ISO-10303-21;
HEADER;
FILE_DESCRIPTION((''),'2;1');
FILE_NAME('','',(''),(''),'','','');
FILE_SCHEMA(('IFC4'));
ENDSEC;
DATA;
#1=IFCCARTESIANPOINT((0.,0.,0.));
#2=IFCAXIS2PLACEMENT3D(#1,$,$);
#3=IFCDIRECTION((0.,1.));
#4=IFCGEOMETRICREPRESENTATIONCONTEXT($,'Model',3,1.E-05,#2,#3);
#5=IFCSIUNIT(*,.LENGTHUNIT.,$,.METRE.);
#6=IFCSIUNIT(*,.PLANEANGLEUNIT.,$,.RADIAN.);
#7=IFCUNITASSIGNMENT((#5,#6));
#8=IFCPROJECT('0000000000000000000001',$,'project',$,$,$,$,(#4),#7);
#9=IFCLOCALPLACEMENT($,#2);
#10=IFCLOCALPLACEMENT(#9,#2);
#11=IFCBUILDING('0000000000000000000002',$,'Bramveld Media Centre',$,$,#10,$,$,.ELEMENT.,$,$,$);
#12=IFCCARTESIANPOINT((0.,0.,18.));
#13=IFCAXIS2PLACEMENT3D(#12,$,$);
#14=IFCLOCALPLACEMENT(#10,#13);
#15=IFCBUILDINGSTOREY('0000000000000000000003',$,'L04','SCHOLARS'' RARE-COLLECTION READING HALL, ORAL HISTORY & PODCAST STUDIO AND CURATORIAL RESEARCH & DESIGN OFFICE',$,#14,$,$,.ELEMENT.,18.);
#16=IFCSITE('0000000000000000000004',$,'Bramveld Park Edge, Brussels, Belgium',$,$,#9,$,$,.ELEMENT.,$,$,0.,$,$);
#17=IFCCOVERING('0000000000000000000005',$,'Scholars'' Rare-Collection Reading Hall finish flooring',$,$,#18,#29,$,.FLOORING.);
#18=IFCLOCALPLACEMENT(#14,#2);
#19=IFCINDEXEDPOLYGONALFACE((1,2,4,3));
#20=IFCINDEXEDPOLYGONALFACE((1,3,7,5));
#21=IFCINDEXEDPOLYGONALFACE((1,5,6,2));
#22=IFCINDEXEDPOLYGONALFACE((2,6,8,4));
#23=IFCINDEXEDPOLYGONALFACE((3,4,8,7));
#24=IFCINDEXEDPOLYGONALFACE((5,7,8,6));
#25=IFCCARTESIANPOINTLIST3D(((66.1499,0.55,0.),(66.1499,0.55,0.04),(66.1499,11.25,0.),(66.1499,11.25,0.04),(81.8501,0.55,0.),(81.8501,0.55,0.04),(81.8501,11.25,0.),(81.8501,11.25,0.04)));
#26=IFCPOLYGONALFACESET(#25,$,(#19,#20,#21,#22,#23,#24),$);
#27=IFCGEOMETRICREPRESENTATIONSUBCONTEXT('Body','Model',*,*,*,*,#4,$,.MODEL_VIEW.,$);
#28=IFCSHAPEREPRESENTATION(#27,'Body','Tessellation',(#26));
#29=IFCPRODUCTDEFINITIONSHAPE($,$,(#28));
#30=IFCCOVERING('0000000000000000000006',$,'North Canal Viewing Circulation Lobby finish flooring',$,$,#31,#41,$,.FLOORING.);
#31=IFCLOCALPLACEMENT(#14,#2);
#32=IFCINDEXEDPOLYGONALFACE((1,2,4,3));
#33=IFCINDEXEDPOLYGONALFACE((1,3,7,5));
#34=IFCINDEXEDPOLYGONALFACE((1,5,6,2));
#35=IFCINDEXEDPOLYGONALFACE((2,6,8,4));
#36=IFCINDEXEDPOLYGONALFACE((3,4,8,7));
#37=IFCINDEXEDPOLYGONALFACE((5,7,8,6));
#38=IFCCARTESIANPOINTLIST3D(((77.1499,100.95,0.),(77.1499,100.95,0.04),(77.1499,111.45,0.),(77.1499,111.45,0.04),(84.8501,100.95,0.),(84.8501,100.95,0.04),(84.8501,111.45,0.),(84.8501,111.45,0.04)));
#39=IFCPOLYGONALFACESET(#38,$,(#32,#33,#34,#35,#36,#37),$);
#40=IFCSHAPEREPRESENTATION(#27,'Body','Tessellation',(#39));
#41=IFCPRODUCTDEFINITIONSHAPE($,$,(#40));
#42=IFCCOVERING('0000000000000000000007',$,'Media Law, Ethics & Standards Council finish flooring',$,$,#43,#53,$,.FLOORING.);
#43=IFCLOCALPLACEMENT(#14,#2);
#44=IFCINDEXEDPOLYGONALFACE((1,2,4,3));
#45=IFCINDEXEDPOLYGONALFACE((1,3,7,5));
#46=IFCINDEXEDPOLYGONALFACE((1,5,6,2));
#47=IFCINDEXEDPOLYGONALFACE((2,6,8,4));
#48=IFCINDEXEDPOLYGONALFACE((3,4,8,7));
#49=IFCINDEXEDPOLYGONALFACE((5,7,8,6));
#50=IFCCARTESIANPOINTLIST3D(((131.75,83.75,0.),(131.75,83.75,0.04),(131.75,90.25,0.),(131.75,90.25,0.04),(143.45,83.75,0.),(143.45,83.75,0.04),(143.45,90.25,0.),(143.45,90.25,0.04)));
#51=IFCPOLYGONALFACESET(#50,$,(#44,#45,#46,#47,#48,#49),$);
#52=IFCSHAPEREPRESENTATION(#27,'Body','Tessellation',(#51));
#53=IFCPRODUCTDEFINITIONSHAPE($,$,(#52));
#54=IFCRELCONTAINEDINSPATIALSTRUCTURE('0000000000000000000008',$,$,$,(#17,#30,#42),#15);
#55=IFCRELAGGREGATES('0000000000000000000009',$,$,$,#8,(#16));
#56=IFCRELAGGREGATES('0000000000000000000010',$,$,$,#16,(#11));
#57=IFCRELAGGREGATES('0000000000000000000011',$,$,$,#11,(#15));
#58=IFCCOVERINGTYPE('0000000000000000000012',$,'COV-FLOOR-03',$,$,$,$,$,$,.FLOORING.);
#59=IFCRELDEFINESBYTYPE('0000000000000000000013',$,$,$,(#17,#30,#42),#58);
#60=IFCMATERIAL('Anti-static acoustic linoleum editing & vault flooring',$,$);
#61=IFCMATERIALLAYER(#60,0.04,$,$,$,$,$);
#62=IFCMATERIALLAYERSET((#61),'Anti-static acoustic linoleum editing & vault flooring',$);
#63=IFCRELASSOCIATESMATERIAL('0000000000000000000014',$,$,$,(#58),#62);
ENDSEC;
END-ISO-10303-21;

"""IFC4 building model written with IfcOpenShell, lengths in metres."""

from ifc_helpers import new_model, si_unit, direction, frame, origin, place, context, subcontext, project, spatial, polyline, outline, extrude, material, layer, layer_set, type_object, element, save


model = new_model("IFC4")

# Units and contexts
model_context = context("Model", 3, precision=1e-05, world=origin(), true_north=direction((0.0, 1.0)))
body_context = subcontext(model_context, "Body", "Model", "MODEL_VIEW")
ifc_project = project(units=[si_unit("LENGTHUNIT", "METRE"), si_unit("PLANEANGLEUNIT", "RADIAN")], contexts=[model_context])

# Site, building, storey
site_placement = place(None, origin())
site = spatial("IfcSite", under=ifc_project, at=site_placement, Name="Bramveld Park Edge, Brussels, Belgium", CompositionType="ELEMENT", RefElevation=0.0)
building_placement = place(site_placement, origin())
building = spatial("IfcBuilding", under=site, at=building_placement, Name="Bramveld Media Centre", CompositionType="ELEMENT")
storey_placement = place(building_placement, frame((0.0, 0.0, 18.0)))
storey = spatial("IfcBuildingStorey", under=building, at=storey_placement, Name="L04", Description="SCHOLARS' RARE-COLLECTION READING HALL, ORAL HISTORY & PODCAST STUDIO AND CURATORIAL RESEARCH & DESIGN OFFICE", CompositionType="ELEMENT", Elevation=18.0)

# Coverings
ifc_material_1 = material(Name="Anti-static acoustic linoleum editing & vault flooring")
ifc_layer_1 = layer(ifc_material_1, 0.04)
ifc_layer_set_1 = layer_set([ifc_layer_1], Name="Anti-static acoustic linoleum editing & vault flooring")
covering_type_1 = type_object("IfcCoveringType", Name="COV-FLOOR-03", PredefinedType="FLOORING", material=ifc_layer_set_1)
covering_1_placement = place(storey_placement, origin())
element("IfcCovering", 1, at=covering_1_placement, inside=storey, type_object=covering_type_1, Name="Scholars' Rare-Collection Reading Hall finish flooring", PredefinedType="FLOORING", context=body_context, shape_type="SweptSolid", body=[
    extrude(outline(polyline([(66.1499, 0.55), (81.8501, 0.55), (81.8501, 11.25), (66.1499, 11.25), (66.1499, 0.55)])), origin(), (0.0, 0.0, 1.0), 0.04),
])
covering_2_placement = place(storey_placement, origin())
element("IfcCovering", 2, at=covering_2_placement, inside=storey, type_object=covering_type_1, Name="North Canal Viewing Circulation Lobby finish flooring", PredefinedType="FLOORING", context=body_context, shape_type="SweptSolid", body=[
    extrude(outline(polyline([(77.1499, 100.95), (84.8501, 100.95), (84.8501, 111.45), (77.1499, 111.45), (77.1499, 100.95)])), origin(), (0.0, 0.0, 1.0), 0.04),
])
covering_3_placement = place(storey_placement, origin())
element("IfcCovering", 3, at=covering_3_placement, inside=storey, type_object=covering_type_1, Name="Media Law, Ethics & Standards Council finish flooring", PredefinedType="FLOORING", context=body_context, shape_type="SweptSolid", body=[
    extrude(outline(polyline([(131.75, 83.75), (143.45, 83.75), (143.45, 90.25), (131.75, 90.25), (131.75, 83.75)])), origin(), (0.0, 0.0, 1.0), 0.04),
])

save(model, "model.ifc")
